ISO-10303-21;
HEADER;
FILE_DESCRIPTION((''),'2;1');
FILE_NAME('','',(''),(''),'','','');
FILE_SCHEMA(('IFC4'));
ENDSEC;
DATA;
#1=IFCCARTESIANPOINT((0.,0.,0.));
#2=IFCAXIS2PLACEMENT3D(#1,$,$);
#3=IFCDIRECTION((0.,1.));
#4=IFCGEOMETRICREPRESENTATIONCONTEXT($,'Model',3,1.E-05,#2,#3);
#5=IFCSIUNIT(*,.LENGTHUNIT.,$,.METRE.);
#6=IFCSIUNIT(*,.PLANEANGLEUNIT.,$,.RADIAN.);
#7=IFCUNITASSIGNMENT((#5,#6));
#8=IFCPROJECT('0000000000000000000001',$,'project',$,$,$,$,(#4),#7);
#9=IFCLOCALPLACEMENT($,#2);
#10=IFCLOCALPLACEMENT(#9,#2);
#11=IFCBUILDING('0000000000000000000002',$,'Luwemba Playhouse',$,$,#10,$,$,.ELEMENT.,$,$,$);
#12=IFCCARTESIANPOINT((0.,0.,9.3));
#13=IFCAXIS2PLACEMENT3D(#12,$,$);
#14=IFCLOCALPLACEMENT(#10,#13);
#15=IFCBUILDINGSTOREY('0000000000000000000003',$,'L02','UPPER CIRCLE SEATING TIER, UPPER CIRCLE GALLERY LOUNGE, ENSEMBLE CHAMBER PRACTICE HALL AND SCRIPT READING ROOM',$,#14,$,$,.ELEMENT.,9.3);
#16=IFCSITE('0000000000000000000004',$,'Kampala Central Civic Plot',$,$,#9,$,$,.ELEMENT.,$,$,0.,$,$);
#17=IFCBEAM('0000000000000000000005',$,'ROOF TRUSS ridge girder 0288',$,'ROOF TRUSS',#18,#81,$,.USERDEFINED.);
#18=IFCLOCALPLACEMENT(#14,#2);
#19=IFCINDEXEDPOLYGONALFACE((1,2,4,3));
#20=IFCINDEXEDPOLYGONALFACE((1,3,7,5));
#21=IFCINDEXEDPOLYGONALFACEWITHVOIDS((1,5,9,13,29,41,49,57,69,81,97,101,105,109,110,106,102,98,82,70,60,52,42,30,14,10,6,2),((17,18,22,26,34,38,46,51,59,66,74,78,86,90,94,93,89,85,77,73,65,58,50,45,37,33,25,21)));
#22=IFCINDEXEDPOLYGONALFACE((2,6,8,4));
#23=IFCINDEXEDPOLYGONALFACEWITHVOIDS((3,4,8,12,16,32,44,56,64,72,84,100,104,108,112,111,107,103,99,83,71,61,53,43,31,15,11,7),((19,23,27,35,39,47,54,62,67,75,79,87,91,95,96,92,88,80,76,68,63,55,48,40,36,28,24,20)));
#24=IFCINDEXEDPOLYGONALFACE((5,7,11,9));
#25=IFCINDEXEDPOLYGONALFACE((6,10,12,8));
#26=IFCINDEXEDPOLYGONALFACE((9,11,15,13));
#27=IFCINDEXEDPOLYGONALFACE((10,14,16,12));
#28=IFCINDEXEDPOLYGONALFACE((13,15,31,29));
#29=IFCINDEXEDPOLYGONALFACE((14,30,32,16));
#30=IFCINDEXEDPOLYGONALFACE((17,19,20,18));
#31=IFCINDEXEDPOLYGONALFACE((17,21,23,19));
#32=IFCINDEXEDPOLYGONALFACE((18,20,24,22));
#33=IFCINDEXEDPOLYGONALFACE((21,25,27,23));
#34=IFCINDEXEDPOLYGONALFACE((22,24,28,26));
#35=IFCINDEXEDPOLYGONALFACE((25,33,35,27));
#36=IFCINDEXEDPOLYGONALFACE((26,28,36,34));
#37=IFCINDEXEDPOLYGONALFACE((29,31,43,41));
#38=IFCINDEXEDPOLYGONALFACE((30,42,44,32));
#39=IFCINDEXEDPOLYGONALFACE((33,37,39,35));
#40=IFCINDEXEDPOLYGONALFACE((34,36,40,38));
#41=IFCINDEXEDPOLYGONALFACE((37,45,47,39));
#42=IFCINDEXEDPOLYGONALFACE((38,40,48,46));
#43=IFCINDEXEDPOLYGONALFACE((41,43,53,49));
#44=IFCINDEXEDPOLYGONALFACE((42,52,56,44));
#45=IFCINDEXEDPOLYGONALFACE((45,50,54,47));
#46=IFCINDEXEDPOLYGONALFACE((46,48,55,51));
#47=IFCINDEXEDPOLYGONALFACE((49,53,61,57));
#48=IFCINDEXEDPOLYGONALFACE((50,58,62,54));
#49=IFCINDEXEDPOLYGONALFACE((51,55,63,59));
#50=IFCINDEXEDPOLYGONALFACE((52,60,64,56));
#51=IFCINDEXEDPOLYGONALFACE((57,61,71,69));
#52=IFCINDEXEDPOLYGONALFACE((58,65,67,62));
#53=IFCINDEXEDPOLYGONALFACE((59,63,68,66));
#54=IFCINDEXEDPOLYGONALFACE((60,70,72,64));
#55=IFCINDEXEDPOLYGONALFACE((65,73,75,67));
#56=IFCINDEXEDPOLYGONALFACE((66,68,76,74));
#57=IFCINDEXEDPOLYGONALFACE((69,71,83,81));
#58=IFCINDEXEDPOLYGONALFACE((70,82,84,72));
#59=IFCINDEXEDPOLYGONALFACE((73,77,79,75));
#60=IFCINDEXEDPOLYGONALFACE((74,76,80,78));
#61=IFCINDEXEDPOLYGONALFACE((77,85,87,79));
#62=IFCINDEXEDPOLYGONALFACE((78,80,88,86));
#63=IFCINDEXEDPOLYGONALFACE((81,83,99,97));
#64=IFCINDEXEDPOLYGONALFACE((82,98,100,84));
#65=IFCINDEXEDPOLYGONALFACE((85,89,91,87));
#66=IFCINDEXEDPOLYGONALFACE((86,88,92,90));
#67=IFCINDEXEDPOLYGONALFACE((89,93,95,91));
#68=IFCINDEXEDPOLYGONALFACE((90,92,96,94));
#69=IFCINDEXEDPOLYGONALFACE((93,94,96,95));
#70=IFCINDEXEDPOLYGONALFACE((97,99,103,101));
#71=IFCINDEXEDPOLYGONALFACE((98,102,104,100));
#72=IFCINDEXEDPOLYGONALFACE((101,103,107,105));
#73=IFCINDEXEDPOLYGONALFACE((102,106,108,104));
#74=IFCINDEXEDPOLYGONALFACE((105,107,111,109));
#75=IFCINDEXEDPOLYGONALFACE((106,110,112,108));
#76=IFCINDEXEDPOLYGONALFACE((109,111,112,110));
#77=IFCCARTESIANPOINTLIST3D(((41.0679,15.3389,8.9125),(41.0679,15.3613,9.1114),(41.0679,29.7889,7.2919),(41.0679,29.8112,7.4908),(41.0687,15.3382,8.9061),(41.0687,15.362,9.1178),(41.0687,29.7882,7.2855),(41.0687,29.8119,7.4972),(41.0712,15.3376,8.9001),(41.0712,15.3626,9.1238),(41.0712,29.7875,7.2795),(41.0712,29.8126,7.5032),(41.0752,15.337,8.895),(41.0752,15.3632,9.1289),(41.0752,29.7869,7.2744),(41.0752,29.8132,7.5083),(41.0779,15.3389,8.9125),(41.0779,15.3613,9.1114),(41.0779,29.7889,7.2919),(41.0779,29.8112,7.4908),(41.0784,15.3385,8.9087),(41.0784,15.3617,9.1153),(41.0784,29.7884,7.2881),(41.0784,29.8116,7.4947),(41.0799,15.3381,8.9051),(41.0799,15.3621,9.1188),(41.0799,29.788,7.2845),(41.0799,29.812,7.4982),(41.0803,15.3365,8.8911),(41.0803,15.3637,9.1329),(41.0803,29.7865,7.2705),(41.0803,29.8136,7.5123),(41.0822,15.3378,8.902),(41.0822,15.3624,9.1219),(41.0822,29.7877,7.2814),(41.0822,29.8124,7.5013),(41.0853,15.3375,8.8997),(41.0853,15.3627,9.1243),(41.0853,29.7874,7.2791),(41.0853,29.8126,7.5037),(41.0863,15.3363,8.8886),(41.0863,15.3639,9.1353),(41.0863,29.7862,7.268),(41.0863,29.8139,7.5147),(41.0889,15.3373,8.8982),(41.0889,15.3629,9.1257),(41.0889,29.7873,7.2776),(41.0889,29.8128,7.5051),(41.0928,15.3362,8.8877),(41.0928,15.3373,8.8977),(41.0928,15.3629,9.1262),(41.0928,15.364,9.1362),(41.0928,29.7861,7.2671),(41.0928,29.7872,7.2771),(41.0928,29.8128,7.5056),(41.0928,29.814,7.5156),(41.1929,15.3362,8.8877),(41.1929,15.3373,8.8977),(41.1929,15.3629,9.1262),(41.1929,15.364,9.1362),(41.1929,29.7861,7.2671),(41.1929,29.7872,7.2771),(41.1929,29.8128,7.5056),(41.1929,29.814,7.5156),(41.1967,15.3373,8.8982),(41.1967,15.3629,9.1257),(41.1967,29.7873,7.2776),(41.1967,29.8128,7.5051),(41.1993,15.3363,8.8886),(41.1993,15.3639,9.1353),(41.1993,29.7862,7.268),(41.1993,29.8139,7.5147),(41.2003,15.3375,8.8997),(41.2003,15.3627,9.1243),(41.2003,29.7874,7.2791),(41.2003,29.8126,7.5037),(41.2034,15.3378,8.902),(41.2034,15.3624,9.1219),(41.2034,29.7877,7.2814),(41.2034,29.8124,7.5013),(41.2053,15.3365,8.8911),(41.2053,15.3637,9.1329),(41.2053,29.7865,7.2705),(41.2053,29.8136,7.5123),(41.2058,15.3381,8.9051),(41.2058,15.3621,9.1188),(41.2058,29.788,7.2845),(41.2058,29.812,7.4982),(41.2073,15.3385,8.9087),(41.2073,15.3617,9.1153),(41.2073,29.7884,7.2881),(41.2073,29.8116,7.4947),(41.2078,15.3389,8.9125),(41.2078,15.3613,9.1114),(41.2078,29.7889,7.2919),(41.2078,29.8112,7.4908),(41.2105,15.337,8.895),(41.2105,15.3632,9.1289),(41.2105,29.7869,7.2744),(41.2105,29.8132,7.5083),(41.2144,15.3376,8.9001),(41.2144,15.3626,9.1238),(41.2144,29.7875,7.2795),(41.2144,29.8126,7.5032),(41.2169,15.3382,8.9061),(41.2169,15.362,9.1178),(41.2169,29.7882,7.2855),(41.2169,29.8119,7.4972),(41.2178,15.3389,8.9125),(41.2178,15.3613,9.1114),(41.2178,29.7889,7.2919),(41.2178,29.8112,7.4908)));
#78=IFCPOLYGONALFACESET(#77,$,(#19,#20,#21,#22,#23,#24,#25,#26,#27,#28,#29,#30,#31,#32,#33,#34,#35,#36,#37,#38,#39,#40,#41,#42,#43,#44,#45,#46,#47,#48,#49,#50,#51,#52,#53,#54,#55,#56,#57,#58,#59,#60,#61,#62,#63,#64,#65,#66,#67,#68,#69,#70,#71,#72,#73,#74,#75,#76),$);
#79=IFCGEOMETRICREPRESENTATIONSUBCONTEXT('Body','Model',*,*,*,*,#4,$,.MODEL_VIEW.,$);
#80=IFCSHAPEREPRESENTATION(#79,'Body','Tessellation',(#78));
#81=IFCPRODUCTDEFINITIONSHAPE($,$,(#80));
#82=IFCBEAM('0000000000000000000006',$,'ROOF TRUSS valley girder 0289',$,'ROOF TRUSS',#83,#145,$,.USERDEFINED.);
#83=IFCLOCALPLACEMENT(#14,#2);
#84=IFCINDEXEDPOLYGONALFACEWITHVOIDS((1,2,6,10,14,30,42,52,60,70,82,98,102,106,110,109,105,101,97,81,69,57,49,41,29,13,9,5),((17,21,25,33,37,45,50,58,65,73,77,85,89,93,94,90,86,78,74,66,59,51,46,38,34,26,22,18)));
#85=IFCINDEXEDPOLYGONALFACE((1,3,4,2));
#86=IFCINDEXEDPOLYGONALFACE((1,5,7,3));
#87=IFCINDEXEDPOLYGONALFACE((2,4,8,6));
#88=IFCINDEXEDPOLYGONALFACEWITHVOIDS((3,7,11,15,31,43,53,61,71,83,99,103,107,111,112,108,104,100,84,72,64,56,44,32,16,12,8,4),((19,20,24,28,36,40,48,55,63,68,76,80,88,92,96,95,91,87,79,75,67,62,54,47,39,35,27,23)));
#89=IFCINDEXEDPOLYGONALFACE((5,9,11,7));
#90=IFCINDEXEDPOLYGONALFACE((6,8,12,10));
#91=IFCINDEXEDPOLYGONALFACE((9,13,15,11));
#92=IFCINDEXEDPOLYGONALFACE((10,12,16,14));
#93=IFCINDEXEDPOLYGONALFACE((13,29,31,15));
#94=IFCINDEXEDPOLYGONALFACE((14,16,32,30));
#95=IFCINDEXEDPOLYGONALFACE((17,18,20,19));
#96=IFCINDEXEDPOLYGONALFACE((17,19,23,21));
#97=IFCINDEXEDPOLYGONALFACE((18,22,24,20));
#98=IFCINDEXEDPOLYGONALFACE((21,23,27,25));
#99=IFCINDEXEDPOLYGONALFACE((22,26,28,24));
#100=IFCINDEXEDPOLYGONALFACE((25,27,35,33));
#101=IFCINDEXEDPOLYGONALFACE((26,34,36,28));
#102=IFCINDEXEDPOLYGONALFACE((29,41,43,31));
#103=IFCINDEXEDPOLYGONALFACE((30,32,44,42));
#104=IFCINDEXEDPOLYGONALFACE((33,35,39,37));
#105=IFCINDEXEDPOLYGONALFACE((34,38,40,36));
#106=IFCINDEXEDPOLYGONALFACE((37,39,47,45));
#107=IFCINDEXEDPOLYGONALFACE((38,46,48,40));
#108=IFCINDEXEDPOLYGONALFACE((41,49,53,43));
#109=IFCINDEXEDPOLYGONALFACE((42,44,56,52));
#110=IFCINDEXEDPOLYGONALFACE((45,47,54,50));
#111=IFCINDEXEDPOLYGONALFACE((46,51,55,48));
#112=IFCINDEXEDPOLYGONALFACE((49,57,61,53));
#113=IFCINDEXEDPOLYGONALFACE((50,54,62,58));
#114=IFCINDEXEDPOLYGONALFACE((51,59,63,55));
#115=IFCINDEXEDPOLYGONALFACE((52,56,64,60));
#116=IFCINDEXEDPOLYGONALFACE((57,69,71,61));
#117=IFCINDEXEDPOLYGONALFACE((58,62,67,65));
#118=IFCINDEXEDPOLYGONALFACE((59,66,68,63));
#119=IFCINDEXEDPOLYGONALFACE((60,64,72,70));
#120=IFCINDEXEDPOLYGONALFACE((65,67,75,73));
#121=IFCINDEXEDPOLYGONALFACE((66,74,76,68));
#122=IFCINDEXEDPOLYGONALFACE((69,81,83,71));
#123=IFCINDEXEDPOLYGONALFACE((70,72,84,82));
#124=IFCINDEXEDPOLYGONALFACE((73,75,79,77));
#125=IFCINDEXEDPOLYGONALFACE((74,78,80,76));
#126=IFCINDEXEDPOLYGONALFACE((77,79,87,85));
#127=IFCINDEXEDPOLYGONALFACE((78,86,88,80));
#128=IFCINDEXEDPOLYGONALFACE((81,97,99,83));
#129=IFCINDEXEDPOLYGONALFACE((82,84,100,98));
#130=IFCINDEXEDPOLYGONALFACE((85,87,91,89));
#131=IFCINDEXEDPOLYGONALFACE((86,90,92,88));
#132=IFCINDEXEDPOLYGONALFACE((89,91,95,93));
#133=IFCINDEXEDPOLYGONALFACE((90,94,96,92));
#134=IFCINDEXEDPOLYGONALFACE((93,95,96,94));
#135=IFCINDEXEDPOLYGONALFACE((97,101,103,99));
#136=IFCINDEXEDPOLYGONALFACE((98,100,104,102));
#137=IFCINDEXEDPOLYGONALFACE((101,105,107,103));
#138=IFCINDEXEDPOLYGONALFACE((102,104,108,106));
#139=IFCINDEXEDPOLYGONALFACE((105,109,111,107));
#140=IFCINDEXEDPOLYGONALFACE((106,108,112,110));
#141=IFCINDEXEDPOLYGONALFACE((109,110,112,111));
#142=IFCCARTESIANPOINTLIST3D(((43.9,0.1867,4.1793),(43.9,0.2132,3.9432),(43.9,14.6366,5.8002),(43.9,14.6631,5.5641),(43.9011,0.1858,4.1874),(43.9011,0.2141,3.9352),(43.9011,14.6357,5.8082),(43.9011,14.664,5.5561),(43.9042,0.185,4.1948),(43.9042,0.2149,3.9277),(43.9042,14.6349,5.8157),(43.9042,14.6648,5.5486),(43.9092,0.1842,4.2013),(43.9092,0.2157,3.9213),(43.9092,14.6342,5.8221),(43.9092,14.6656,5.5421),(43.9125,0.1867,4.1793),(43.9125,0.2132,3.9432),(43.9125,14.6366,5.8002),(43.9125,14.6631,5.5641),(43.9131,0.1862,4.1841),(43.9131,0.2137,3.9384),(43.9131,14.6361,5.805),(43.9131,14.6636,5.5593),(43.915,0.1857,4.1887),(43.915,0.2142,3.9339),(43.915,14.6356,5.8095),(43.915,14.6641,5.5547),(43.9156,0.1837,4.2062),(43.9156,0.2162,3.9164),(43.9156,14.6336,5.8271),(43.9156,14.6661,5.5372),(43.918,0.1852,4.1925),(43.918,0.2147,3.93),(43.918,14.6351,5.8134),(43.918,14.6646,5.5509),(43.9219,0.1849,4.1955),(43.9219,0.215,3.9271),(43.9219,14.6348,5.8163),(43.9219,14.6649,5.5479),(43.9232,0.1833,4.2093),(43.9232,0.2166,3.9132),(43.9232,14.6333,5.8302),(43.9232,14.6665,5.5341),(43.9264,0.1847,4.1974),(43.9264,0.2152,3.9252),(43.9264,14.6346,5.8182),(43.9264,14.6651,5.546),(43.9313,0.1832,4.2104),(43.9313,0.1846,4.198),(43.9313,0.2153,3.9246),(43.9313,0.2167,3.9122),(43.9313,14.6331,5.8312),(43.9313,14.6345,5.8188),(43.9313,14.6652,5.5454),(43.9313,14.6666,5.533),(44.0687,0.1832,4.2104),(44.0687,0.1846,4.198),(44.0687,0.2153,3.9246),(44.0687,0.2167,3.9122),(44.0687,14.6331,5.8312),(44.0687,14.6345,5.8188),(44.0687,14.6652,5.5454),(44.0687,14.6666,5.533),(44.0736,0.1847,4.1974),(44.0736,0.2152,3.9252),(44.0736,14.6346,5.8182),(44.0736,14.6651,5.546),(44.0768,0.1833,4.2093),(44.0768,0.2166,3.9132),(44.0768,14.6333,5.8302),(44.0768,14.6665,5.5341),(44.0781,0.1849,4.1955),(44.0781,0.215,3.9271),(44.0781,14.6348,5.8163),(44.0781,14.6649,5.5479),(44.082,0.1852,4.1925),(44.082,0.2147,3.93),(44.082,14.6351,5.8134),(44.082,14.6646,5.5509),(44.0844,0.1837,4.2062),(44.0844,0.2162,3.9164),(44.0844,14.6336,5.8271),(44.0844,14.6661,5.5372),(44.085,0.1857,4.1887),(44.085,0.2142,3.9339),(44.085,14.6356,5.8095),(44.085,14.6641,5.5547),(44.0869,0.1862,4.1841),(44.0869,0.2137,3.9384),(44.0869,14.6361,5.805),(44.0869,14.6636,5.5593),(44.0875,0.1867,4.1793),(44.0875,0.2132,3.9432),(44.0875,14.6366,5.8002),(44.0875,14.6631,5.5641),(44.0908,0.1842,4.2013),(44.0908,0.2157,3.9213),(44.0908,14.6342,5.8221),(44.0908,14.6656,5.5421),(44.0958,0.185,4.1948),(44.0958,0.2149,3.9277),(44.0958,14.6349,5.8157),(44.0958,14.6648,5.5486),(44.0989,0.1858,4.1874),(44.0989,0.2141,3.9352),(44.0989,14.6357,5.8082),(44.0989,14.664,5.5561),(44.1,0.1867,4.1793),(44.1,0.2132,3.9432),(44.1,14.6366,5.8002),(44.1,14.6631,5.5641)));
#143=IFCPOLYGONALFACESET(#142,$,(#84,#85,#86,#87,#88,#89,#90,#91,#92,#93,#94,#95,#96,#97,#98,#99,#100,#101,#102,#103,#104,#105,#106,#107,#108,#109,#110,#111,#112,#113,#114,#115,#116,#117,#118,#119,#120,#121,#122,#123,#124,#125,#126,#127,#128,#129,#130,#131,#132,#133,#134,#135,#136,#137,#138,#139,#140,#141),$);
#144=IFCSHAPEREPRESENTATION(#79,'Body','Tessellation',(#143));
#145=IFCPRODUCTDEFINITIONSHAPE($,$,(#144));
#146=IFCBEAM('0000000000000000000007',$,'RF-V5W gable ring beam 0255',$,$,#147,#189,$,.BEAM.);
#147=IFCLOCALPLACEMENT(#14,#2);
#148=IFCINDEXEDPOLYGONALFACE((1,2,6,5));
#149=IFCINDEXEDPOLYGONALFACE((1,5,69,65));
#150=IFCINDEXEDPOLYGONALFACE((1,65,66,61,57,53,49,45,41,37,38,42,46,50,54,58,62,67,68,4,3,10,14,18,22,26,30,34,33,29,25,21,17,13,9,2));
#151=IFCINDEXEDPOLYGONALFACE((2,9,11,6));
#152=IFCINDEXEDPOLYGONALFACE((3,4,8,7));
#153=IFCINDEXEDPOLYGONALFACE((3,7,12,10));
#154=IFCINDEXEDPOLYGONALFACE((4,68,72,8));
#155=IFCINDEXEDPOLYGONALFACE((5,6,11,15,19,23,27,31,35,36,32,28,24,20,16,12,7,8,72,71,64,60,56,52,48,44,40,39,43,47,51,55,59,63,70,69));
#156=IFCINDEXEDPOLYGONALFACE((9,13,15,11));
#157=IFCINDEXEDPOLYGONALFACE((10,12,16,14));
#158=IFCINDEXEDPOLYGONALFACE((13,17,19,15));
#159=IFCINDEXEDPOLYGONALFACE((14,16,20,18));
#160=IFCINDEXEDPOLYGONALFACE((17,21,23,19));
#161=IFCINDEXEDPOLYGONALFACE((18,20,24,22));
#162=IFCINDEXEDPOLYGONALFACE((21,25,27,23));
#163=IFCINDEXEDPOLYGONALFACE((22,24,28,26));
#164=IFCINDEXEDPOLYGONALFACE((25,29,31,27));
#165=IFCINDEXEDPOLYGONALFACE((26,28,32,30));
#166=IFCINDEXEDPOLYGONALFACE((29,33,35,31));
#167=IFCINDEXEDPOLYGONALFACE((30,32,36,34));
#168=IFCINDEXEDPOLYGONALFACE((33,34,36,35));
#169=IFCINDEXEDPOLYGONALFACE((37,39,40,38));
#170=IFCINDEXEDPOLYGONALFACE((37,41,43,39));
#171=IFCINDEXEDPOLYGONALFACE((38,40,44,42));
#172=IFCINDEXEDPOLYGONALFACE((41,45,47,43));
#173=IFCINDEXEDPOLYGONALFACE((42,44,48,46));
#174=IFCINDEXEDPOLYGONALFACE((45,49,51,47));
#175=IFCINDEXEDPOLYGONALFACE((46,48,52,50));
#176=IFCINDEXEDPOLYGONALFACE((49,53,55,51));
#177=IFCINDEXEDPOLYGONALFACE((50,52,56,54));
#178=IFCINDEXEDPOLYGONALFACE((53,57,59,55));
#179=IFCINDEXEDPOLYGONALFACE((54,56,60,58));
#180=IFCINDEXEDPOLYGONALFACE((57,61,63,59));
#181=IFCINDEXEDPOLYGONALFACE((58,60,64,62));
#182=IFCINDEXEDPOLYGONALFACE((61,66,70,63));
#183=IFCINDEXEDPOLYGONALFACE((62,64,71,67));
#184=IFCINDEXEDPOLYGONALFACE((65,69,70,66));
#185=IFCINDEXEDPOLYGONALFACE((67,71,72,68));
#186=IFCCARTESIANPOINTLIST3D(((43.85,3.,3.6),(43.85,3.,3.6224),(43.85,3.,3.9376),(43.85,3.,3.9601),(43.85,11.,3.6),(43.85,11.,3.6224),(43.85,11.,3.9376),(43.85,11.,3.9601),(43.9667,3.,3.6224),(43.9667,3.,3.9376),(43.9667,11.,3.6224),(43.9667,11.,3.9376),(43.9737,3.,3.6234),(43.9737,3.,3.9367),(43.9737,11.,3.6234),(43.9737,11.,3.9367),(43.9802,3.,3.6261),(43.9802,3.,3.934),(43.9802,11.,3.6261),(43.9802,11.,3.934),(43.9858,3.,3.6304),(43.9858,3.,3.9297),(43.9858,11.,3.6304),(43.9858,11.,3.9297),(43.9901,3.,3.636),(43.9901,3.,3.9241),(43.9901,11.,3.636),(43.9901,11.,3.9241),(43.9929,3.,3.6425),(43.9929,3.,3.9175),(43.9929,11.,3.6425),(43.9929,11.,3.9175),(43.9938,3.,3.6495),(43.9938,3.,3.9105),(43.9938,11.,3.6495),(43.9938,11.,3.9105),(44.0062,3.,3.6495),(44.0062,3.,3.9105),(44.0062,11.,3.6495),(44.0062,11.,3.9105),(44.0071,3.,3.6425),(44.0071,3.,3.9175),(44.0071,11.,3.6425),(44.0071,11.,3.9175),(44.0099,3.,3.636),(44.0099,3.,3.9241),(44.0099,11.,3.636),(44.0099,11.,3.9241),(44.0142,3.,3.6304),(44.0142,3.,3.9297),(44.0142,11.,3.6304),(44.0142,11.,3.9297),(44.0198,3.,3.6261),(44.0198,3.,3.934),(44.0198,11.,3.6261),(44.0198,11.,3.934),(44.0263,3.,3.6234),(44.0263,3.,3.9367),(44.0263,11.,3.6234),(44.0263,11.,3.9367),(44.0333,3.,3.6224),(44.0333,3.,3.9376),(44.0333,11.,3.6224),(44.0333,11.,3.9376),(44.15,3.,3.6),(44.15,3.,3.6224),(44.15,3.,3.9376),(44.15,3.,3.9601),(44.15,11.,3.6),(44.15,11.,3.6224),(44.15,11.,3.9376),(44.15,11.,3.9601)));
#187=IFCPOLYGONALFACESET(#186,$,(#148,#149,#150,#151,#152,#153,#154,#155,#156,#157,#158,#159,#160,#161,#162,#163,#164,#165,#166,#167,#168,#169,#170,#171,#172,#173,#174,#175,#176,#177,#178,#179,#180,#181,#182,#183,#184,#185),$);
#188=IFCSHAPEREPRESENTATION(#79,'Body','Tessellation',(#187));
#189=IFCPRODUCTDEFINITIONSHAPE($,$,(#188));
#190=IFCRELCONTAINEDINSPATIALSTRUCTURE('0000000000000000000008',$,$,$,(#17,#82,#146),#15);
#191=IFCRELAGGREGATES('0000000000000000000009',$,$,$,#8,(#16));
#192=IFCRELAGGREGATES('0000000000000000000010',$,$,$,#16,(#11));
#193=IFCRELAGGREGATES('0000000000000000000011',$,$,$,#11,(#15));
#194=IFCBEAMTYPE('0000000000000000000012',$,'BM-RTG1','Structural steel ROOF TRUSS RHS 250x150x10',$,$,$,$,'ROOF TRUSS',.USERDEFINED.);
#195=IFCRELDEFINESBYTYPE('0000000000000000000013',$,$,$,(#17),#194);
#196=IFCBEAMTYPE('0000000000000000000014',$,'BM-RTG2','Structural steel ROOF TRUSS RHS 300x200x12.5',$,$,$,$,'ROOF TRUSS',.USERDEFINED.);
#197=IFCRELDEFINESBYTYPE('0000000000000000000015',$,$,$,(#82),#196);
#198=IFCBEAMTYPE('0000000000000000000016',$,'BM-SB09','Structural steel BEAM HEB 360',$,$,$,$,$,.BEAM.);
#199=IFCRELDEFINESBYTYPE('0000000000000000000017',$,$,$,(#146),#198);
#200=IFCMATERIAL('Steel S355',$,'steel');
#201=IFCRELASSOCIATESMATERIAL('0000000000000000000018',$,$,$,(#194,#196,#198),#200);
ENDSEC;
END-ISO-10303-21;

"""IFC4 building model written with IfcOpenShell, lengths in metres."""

from ifc_helpers import new_model, si_unit, direction, frame, origin, origin_2d, place, context, subcontext, project, spatial, hollow_rectangle, i_section, extrude, material, material_profile, profile_set, type_object, element, save


model = new_model("IFC4")

# Units and contexts
model_context = context("Model", 3, precision=1e-05, world=origin(), true_north=direction((0.0, 1.0)))
body_context = subcontext(model_context, "Body", "Model", "MODEL_VIEW")
ifc_project = project(units=[si_unit("LENGTHUNIT", "METRE"), si_unit("PLANEANGLEUNIT", "RADIAN")], contexts=[model_context])

# Site, building, storey
site_placement = place(None, origin())
site = spatial("IfcSite", under=ifc_project, at=site_placement, Name="Kampala Central Civic Plot", CompositionType="ELEMENT", RefElevation=0.0)
building_placement = place(site_placement, origin())
building = spatial("IfcBuilding", under=site, at=building_placement, Name="Luwemba Playhouse", CompositionType="ELEMENT")
storey_placement = place(building_placement, frame((0.0, 0.0, 9.3)))
storey = spatial("IfcBuildingStorey", under=building, at=storey_placement, Name="L02", Description="UPPER CIRCLE SEATING TIER, UPPER CIRCLE GALLERY LOUNGE, ENSEMBLE CHAMBER PRACTICE HALL AND SCRIPT READING ROOM", CompositionType="ELEMENT", Elevation=9.3)

# Shared definitions
ifc_material_1 = material(Name="Steel S355", Category="steel")

# Beams
ifc_material_profile_1 = material_profile(ifc_material_1, hollow_rectangle(XDim=0.1499, YDim=0.25, WallThickness=0.01, InnerFilletRadius=0.0149, OuterFilletRadius=0.0249, at=origin_2d()))
ifc_profile_set_1 = profile_set([ifc_material_profile_1], Name="Steel S355")
beam_type_1 = type_object("IfcBeamType", Name="BM-RTG1", Description="Structural steel ROOF TRUSS RHS 250x150x10", ElementType="ROOF TRUSS", PredefinedType="USERDEFINED", material=ifc_profile_set_1)
for number, where, z_axis, x_axis, name in (
    (1, (41.1428, 15.3501, 9.012), (0.0, 0.99377, -0.111454), (-1.0, 0.0, 0.0), "ROOF TRUSS ridge girder 0288"),
):
    element("IfcBeam", number, at=place(storey_placement, frame(where, z_axis=z_axis, x_axis=x_axis)), inside=storey, type_object=beam_type_1, Name=name, ObjectType="ROOF TRUSS", PredefinedType="USERDEFINED", context=body_context, shape_type="SweptSolid", body=[
        extrude(hollow_rectangle(XDim=0.1499, YDim=0.25, WallThickness=0.01, InnerFilletRadius=0.0149, OuterFilletRadius=0.0249, at=origin_2d()), origin(), (0.0, 0.0, 1.0), 14.5405),
    ])
ifc_material_profile_2 = material_profile(ifc_material_1, hollow_rectangle(XDim=0.2, YDim=0.3, WallThickness=0.0125, InnerFilletRadius=0.0188, OuterFilletRadius=0.0312, at=origin_2d()))
ifc_profile_set_2 = profile_set([ifc_material_profile_2], Name="Steel S355")
beam_type_2 = type_object("IfcBeamType", Name="BM-RTG2", Description="Structural steel ROOF TRUSS RHS 300x200x12.5", ElementType="ROOF TRUSS", PredefinedType="USERDEFINED", material=ifc_profile_set_2)
beam_1_placement = place(storey_placement, frame((44.0, 0.2, 4.0613), z_axis=(0.0, 0.993768, 0.111471), x_axis=(-1.0, 0.0, 0.0)))
element("IfcBeam", 2, at=beam_1_placement, inside=storey, type_object=beam_type_2, Name="ROOF TRUSS valley girder 0289", ObjectType="ROOF TRUSS", PredefinedType="USERDEFINED", context=body_context, shape_type="SweptSolid", body=[
    extrude(hollow_rectangle(XDim=0.2, YDim=0.3, WallThickness=0.0125, InnerFilletRadius=0.0188, OuterFilletRadius=0.0312, at=origin_2d()), origin(), (0.0, 0.0, 1.0), 14.5405),
])
ifc_material_profile_3 = material_profile(ifc_material_1, i_section(OverallWidth=0.3, OverallDepth=0.3601, WebThickness=0.0125, FlangeThickness=0.0225, FilletRadius=0.0271, at=origin_2d()))
ifc_profile_set_3 = profile_set([ifc_material_profile_3], Name="Steel S355")
beam_type_3 = type_object("IfcBeamType", Name="BM-SB09", Description="Structural steel BEAM HEB 360", PredefinedType="BEAM", material=ifc_profile_set_3)
beam_2_placement = place(storey_placement, frame((44.0, 3.0, 3.78), z_axis=(0.0, 1.0, 0.0), x_axis=(-1.0, 0.0, 0.0)))
element("IfcBeam", 3, at=beam_2_placement, inside=storey, type_object=beam_type_3, Name="RF-V5W gable ring beam 0255", PredefinedType="BEAM", context=body_context, shape_type="SweptSolid", body=[
    extrude(i_section(OverallWidth=0.3, OverallDepth=0.3601, WebThickness=0.0125, FlangeThickness=0.0225, FilletRadius=0.0271, at=origin_2d()), origin(), (0.0, 0.0, 1.0), 8.0),
])

save(model, "model.ifc")
